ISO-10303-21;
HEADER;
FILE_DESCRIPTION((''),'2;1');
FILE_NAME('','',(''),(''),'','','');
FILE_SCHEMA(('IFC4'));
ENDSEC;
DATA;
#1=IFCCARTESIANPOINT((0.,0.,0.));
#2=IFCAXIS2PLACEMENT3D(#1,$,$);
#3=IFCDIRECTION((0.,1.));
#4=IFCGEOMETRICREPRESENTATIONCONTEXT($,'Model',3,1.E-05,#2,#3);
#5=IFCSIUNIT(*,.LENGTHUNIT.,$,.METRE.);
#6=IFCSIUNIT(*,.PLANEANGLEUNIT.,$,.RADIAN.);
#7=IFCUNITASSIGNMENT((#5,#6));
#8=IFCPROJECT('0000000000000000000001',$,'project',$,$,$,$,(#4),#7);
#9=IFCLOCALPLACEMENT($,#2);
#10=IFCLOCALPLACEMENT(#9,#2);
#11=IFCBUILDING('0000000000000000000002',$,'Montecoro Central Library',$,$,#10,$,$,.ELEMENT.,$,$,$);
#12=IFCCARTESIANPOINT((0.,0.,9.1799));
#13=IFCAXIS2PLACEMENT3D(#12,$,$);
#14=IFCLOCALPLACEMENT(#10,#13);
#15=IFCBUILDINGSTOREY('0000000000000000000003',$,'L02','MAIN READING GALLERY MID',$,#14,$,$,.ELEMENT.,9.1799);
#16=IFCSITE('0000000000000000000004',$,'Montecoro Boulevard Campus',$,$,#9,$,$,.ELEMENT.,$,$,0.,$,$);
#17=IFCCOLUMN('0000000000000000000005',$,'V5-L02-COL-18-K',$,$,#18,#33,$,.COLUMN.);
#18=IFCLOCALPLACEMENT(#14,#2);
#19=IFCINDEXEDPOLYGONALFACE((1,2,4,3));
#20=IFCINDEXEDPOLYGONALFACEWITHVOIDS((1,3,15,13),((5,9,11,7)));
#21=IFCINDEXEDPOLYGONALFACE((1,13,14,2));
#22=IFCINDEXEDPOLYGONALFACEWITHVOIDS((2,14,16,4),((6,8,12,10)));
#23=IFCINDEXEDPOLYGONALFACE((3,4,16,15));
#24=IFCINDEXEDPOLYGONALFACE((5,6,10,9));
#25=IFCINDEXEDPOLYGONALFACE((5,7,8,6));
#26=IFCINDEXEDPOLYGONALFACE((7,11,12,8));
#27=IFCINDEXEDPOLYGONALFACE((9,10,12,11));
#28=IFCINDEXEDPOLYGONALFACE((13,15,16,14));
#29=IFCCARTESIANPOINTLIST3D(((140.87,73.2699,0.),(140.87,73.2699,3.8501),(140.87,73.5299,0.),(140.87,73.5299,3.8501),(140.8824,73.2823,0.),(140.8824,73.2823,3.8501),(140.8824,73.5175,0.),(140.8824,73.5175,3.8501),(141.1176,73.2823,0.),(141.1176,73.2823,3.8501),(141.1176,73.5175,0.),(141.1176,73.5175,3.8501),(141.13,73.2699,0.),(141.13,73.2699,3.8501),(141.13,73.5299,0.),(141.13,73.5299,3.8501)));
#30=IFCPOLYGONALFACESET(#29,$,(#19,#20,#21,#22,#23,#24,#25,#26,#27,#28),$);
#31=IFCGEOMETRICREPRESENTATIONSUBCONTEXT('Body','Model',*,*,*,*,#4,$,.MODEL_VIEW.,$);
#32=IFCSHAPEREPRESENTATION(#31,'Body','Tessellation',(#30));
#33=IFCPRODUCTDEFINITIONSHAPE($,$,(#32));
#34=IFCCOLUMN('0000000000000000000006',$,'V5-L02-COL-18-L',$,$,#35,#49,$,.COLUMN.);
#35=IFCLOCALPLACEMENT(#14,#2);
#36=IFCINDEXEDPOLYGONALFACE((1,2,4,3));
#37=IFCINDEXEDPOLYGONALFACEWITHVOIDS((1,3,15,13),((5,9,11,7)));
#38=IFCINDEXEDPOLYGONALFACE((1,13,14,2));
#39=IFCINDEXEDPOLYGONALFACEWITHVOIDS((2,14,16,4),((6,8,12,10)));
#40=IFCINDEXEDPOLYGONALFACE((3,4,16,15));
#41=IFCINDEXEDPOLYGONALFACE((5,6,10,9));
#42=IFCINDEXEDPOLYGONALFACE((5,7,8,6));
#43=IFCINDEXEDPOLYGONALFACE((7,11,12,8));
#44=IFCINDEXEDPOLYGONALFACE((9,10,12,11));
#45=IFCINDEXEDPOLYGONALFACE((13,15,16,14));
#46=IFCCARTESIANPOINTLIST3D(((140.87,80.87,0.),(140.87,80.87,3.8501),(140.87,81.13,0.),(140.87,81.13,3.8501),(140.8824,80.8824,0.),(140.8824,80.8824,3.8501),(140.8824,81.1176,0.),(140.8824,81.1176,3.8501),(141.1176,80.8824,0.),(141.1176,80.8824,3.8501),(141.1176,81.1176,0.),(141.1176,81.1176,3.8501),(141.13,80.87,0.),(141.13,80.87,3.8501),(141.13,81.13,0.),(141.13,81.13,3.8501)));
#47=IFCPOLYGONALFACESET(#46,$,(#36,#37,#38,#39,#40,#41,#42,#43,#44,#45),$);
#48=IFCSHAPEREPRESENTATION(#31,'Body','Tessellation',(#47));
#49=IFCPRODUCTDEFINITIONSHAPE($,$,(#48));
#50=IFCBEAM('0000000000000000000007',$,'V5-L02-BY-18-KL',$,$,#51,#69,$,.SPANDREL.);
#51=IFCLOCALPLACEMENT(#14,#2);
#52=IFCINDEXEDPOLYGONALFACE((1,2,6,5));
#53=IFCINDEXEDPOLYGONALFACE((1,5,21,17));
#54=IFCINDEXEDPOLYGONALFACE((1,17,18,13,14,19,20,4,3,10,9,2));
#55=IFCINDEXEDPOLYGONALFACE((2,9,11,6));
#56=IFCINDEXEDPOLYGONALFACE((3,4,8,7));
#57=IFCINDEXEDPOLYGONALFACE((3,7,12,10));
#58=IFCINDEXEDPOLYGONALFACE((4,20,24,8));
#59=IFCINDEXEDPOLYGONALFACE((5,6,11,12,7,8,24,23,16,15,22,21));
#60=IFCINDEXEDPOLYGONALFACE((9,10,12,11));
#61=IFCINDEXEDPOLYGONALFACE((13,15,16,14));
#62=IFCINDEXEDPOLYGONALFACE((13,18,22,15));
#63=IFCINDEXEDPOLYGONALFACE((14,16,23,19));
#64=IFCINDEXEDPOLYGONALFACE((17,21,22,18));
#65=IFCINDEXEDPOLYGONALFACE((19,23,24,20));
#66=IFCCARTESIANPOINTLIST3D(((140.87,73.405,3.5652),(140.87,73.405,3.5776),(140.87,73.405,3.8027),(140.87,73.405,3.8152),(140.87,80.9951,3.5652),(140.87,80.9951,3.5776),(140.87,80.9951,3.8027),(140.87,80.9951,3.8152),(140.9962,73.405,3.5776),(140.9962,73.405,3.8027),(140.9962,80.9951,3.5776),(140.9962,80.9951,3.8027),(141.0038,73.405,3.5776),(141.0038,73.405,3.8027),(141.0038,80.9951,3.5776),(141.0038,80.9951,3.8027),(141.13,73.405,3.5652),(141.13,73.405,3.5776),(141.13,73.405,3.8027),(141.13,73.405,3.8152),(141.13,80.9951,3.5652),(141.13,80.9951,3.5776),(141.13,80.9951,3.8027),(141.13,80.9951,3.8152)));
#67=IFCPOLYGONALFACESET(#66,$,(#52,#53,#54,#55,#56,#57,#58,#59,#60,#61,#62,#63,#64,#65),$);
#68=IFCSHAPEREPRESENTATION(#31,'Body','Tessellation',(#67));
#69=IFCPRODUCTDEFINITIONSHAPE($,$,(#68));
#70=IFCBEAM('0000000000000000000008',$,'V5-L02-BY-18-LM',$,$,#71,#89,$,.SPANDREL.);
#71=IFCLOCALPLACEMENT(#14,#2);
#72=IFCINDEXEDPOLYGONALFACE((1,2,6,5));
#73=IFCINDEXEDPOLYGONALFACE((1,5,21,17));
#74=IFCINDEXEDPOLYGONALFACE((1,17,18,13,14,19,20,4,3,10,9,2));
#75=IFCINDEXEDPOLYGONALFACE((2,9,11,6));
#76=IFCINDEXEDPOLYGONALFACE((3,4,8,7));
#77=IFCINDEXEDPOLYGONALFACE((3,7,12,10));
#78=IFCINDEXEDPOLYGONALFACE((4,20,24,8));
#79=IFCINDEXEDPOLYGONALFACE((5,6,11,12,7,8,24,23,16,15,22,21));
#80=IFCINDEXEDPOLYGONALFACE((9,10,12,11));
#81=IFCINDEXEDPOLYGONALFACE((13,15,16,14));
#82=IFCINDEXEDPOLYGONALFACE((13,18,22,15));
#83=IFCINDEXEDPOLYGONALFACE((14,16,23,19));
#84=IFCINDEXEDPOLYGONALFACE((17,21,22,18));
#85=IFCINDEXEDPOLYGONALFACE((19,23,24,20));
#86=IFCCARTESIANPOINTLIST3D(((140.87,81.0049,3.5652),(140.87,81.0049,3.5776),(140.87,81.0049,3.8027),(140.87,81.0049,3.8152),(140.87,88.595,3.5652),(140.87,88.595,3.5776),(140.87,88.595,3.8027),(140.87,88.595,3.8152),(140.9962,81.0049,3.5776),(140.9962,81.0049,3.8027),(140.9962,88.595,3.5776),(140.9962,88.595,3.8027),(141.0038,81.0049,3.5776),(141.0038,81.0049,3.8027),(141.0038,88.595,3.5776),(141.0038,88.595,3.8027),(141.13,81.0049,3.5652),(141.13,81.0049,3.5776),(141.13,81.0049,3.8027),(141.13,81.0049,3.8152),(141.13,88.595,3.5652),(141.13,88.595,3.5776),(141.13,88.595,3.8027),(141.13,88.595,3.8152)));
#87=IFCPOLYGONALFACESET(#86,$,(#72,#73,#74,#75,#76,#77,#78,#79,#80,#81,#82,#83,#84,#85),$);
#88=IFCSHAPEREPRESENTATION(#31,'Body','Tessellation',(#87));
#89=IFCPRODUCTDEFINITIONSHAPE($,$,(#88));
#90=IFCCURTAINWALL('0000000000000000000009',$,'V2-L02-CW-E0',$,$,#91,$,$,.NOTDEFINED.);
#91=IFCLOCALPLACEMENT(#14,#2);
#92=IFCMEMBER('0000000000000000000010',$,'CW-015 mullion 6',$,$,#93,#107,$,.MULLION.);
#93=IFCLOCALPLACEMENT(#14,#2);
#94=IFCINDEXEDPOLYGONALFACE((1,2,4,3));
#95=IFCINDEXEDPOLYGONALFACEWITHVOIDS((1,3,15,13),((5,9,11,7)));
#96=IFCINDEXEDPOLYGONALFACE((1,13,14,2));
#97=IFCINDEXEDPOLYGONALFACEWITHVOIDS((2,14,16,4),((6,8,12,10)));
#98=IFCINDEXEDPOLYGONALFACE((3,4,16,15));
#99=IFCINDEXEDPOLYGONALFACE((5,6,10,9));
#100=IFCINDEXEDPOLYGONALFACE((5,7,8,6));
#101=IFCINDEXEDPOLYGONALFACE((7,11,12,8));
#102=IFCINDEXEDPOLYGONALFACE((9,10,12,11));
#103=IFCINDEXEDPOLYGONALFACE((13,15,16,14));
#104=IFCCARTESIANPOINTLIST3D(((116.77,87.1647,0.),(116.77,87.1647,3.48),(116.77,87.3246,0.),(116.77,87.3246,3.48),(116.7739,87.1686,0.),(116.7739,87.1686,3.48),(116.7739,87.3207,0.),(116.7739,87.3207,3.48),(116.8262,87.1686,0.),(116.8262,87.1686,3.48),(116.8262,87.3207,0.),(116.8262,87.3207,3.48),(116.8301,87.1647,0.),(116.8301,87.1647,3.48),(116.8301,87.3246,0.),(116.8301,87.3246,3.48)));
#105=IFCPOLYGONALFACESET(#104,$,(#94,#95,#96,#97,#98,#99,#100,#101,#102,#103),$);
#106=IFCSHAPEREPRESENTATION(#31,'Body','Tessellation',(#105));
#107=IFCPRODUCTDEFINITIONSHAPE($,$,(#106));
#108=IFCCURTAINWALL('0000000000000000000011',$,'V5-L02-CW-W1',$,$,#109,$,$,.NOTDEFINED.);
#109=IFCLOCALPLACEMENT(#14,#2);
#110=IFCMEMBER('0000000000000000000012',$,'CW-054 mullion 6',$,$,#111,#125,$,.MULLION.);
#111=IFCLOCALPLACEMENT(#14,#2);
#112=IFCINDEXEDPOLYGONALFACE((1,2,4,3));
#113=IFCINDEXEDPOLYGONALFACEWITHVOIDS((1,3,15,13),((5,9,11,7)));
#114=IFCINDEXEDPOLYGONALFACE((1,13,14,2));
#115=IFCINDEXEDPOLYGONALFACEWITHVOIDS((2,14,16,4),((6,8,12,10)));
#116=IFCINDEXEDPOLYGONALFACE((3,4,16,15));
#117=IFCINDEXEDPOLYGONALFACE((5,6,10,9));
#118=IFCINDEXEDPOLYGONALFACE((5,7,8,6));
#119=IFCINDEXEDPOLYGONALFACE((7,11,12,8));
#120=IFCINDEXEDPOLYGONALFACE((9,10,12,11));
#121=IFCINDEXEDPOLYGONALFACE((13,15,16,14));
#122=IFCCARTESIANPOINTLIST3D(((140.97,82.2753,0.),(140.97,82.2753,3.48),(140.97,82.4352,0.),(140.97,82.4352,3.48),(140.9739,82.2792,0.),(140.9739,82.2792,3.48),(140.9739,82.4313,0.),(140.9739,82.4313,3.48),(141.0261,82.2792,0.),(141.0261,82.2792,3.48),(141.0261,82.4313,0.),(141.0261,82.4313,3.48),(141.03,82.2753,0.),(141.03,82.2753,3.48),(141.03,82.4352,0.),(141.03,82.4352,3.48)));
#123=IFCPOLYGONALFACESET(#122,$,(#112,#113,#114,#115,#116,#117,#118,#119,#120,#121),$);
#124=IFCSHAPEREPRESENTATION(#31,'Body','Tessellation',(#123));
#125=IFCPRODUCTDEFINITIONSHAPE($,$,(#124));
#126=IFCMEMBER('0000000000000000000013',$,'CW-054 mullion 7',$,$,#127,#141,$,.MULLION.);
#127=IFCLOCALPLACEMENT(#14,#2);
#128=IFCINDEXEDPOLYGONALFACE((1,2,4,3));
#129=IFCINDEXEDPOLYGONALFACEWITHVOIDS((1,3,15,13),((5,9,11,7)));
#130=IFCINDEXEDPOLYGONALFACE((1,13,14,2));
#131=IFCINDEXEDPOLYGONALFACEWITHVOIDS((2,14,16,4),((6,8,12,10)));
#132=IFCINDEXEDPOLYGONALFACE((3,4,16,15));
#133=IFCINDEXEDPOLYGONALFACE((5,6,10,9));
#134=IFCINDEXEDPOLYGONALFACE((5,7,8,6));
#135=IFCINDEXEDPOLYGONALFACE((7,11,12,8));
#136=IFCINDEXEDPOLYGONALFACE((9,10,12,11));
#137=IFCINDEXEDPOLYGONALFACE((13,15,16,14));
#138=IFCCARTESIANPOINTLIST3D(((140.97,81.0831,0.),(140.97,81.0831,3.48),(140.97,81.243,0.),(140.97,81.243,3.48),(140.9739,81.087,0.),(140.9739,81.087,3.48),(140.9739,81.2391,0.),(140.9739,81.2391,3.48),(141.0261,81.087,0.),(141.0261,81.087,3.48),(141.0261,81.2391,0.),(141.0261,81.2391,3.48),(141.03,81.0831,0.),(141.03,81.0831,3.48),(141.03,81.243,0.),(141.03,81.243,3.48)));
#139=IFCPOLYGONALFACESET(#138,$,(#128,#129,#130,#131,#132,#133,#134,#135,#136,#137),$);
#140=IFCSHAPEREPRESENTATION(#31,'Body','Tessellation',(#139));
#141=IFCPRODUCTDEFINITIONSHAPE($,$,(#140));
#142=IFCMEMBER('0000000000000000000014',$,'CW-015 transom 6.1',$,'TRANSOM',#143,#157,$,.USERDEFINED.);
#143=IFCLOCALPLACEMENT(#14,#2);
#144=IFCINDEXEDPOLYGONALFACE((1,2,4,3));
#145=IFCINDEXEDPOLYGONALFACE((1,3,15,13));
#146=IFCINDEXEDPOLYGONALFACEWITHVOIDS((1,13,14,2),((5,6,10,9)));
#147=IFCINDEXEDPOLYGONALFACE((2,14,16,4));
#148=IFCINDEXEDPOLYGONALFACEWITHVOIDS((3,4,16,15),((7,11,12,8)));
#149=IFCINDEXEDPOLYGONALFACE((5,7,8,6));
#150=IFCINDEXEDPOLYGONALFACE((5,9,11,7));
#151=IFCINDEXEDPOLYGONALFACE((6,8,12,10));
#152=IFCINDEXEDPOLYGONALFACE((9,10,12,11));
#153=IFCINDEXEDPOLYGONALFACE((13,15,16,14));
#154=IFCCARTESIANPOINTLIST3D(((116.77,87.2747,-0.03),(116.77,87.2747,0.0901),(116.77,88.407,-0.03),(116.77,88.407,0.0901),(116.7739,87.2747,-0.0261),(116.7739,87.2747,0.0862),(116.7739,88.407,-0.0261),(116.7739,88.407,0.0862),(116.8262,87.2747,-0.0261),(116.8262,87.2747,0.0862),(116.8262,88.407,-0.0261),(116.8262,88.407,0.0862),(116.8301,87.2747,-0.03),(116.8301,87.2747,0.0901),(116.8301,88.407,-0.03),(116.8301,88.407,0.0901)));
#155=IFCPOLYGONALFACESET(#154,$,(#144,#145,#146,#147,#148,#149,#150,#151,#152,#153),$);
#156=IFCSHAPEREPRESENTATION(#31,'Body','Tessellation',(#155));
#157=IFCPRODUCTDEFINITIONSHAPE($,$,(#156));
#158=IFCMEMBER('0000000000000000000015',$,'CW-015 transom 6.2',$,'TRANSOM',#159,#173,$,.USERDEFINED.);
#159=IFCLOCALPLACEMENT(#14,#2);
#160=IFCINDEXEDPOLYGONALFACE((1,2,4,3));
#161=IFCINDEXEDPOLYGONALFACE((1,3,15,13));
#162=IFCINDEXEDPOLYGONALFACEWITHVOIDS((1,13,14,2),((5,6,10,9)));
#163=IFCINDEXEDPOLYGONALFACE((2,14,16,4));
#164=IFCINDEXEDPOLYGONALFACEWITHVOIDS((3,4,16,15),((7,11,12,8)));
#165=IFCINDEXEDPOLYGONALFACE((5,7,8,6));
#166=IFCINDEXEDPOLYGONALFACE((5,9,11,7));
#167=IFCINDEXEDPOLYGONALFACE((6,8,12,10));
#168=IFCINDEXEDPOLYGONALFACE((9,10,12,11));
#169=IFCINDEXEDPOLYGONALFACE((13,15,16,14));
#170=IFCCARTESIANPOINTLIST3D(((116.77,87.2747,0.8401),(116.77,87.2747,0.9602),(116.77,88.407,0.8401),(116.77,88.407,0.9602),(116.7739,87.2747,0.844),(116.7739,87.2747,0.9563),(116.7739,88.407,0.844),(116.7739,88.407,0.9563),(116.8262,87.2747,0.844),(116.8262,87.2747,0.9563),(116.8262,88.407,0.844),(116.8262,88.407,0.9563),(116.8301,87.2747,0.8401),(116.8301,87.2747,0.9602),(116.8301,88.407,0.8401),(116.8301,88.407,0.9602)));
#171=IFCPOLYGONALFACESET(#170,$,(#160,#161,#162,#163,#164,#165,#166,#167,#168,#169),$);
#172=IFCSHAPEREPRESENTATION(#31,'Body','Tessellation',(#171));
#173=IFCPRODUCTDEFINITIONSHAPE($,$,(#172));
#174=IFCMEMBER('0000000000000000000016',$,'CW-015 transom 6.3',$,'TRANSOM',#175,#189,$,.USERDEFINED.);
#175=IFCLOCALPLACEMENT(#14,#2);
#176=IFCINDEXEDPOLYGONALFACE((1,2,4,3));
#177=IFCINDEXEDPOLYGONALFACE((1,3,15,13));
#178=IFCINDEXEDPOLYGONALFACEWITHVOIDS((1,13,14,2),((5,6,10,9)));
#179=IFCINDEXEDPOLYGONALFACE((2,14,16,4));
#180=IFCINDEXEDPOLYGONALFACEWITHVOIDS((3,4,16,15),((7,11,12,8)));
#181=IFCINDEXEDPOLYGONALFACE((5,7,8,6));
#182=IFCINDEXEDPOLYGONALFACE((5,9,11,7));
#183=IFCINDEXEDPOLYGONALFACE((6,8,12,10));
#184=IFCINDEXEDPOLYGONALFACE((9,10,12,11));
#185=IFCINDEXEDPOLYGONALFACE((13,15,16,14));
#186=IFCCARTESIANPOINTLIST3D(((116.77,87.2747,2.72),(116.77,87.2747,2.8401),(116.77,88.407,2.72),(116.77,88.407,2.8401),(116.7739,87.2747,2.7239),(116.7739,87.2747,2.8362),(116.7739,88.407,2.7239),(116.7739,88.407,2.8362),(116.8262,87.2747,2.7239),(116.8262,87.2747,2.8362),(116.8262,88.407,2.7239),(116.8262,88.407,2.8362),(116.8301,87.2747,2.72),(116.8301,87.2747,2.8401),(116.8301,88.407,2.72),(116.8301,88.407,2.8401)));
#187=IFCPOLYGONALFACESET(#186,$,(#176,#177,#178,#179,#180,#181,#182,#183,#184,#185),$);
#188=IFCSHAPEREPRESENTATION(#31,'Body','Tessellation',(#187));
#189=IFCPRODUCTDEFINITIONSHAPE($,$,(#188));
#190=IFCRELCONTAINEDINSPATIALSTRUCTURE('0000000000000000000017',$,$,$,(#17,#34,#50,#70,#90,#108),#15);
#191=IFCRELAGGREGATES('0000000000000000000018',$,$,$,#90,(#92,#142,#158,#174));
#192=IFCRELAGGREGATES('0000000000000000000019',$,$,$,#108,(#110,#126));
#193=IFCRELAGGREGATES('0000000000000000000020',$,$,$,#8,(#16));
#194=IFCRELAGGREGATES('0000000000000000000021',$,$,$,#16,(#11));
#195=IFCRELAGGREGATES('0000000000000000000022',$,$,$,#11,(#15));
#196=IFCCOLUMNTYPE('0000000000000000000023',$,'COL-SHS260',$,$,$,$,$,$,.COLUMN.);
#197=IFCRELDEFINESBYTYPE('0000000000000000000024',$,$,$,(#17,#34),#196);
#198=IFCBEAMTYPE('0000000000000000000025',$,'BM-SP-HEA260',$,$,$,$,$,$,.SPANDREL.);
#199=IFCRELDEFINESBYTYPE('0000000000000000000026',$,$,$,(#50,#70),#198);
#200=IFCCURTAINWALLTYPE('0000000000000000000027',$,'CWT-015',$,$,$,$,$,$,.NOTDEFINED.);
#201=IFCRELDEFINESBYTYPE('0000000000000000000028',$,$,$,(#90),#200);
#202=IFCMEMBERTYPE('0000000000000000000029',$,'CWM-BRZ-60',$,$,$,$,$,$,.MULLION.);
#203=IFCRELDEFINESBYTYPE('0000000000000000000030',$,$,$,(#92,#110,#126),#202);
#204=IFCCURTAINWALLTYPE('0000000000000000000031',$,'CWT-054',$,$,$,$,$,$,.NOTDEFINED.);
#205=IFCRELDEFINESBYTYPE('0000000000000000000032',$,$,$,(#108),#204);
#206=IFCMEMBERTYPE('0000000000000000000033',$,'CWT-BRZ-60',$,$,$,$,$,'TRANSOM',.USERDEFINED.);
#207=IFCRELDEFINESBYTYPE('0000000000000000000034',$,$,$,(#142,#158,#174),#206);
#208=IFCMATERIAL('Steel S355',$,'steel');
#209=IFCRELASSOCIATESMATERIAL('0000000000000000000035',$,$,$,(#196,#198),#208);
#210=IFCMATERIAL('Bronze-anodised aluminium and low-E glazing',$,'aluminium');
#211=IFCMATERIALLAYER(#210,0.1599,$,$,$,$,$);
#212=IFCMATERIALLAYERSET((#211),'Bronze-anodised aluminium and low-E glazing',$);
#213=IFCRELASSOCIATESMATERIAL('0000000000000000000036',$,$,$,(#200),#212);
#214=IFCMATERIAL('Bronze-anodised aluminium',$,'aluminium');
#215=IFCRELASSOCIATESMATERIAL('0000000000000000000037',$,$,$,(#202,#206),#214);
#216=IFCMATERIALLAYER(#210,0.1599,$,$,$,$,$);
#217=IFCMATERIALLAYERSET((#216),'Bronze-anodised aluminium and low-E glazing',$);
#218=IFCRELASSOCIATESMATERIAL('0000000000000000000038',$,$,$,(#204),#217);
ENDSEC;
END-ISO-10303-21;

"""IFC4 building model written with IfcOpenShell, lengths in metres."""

from ifc_helpers import new_model, si_unit, direction, frame, origin, origin_2d, place, context, subcontext, project, spatial, hollow_rectangle, i_section, extrude, material, layer, layer_set, material_profile, profile_set, type_object, element, aggregate, save


model = new_model("IFC4")

# Units and contexts
model_context = context("Model", 3, precision=1e-05, world=origin(), true_north=direction((0.0, 1.0)))
body_context = subcontext(model_context, "Body", "Model", "MODEL_VIEW")
ifc_project = project(units=[si_unit("LENGTHUNIT", "METRE"), si_unit("PLANEANGLEUNIT", "RADIAN")], contexts=[model_context])

# Site, building, storey
site_placement = place(None, origin())
site = spatial("IfcSite", under=ifc_project, at=site_placement, Name="Montecoro Boulevard Campus", CompositionType="ELEMENT", RefElevation=0.0)
building_placement = place(site_placement, origin())
building = spatial("IfcBuilding", under=site, at=building_placement, Name="Montecoro Central Library", CompositionType="ELEMENT")
storey_placement = place(building_placement, frame((0.0, 0.0, 9.1799)))
storey = spatial("IfcBuildingStorey", under=building, at=storey_placement, Name="L02", Description="MAIN READING GALLERY MID", CompositionType="ELEMENT", Elevation=9.1799)

# Columns
ifc_material_1 = material(Name="Steel S355", Category="steel")
ifc_material_profile_1 = material_profile(ifc_material_1, hollow_rectangle(XDim=0.26, YDim=0.26, WallThickness=0.0125, at=origin_2d()), Name="SHS 260x260x12.5")
ifc_profile_set_1 = profile_set([ifc_material_profile_1], Name="Steel S355")
column_type = type_object("IfcColumnType", Name="COL-SHS260", PredefinedType="COLUMN", material=ifc_profile_set_1)
for number, where, z_axis, x_axis, name in (
    (1, (141.0, 73.3999, 0.0), (0.0, 0.0, 1.0), (1.0, 0.0, 0.0), "V5-L02-COL-18-K"),
    (2, (141.0, 81.0, 0.0), (0.0, 0.0, 1.0), (1.0, 0.0, 0.0), "V5-L02-COL-18-L"),
):
    element("IfcColumn", number, at=place(storey_placement, frame(where, z_axis=z_axis, x_axis=x_axis)), inside=storey, type_object=column_type, Name=name, PredefinedType="COLUMN", context=body_context, shape_type="SweptSolid", body=[
        extrude(hollow_rectangle(XDim=0.26, YDim=0.26, WallThickness=0.0125, at=origin_2d()), origin(), (0.0, 0.0, 1.0), 3.8501),
    ])

# Beams
ifc_material_profile_2 = material_profile(ifc_material_1, i_section(OverallWidth=0.26, OverallDepth=0.25, WebThickness=0.0076, FlangeThickness=0.0125, at=origin_2d()), Name="HEA 260")
ifc_profile_set_2 = profile_set([ifc_material_profile_2], Name="Steel S355")
beam_type = type_object("IfcBeamType", Name="BM-SP-HEA260", PredefinedType="SPANDREL", material=ifc_profile_set_2)
for number, where, z_axis, x_axis, name in (
    (3, (141.0, 73.405, 3.6902), (0.0, 1.0, 0.0), (-1.0, 0.0, 0.0), "V5-L02-BY-18-KL"),
    (4, (141.0, 81.0049, 3.6902), (0.0, 1.0, 0.0), (-1.0, 0.0, 0.0), "V5-L02-BY-18-LM"),
):
    element("IfcBeam", number, at=place(storey_placement, frame(where, z_axis=z_axis, x_axis=x_axis)), inside=storey, type_object=beam_type, Name=name, PredefinedType="SPANDREL", context=body_context, shape_type="SweptSolid", body=[
        extrude(i_section(OverallWidth=0.26, OverallDepth=0.25, WebThickness=0.0076, FlangeThickness=0.0125, at=origin_2d()), origin(), (0.0, 0.0, 1.0), 7.5901),
    ])

# Curtain wall, member
ifc_material_2 = material(Name="Bronze-anodised aluminium and low-E glazing", Category="aluminium")
ifc_layer_1 = layer(ifc_material_2, 0.1599)
ifc_layer_set_1 = layer_set([ifc_layer_1], Name="Bronze-anodised aluminium and low-E glazing")
curtain_wall_type_1 = type_object("IfcCurtainWallType", Name="CWT-015", PredefinedType="NOTDEFINED", material=ifc_layer_set_1)
curtain_wall_1_placement = place(storey_placement, origin())
curtain_wall_1 = element("IfcCurtainWall", 5, at=curtain_wall_1_placement, inside=storey, type_object=curtain_wall_type_1, Name="V2-L02-CW-E0", PredefinedType="NOTDEFINED")
ifc_material_3 = material(Name="Bronze-anodised aluminium", Category="aluminium")
ifc_material_profile_3 = material_profile(ifc_material_3, hollow_rectangle(XDim=0.0601, YDim=0.1599, WallThickness=0.0039, at=origin_2d()), Name="CWM 160x60x4.0")
ifc_profile_set_3 = profile_set([ifc_material_profile_3], Name="Bronze-anodised aluminium")
member_type_1 = type_object("IfcMemberType", Name="CWM-BRZ-60", PredefinedType="MULLION", material=ifc_profile_set_3)
member_1_placement = place(storey_placement, frame((116.8, 87.2446, 0.0), z_axis=(0.0, 0.0, 1.0), x_axis=(-1.0, 0.0, 0.0)))
member_1 = element("IfcMember", 6, at=member_1_placement, type_object=member_type_1, Name="CW-015 mullion 6", PredefinedType="MULLION", context=body_context, shape_type="SweptSolid", body=[
    extrude(hollow_rectangle(XDim=0.0601, YDim=0.1599, WallThickness=0.0039, at=origin_2d()), origin(), (0.0, 0.0, 1.0), 3.48),
])

# Curtain wall, members
ifc_layer_2 = layer(ifc_material_2, 0.1599)
ifc_layer_set_2 = layer_set([ifc_layer_2], Name="Bronze-anodised aluminium and low-E glazing")
curtain_wall_type_2 = type_object("IfcCurtainWallType", Name="CWT-054", PredefinedType="NOTDEFINED", material=ifc_layer_set_2)
curtain_wall_2_placement = place(storey_placement, origin())
curtain_wall_2 = element("IfcCurtainWall", 7, at=curtain_wall_2_placement, inside=storey, type_object=curtain_wall_type_2, Name="V5-L02-CW-W1", PredefinedType="NOTDEFINED")
member_2_placement = place(storey_placement, frame((141.0, 82.3552, 0.0), z_axis=(0.0, 0.0, 1.0), x_axis=(1.0, 0.0, 0.0)))
member_2 = element("IfcMember", 8, at=member_2_placement, type_object=member_type_1, Name="CW-054 mullion 6", PredefinedType="MULLION", context=body_context, shape_type="SweptSolid", body=[
    extrude(hollow_rectangle(XDim=0.0601, YDim=0.1599, WallThickness=0.0039, at=origin_2d()), origin(), (0.0, 0.0, 1.0), 3.48),
])
member_3_placement = place(storey_placement, frame((141.0, 81.1631, 0.0), z_axis=(0.0, 0.0, 1.0), x_axis=(1.0, 0.0, 0.0)))
member_3 = element("IfcMember", 9, at=member_3_placement, type_object=member_type_1, Name="CW-054 mullion 7", PredefinedType="MULLION", context=body_context, shape_type="SweptSolid", body=[
    extrude(hollow_rectangle(XDim=0.0601, YDim=0.1599, WallThickness=0.0039, at=origin_2d()), origin(), (0.0, 0.0, 1.0), 3.48),
])

# Members
ifc_material_profile_4 = material_profile(ifc_material_3, hollow_rectangle(XDim=0.0601, YDim=0.1201, WallThickness=0.0039, at=origin_2d()), Name="CWT 120x60x4.0")
ifc_profile_set_4 = profile_set([ifc_material_profile_4], Name="Bronze-anodised aluminium")
member_type_2 = type_object("IfcMemberType", Name="CWT-BRZ-60", ElementType="TRANSOM", PredefinedType="USERDEFINED", material=ifc_profile_set_4)
member_4_placement = place(storey_placement, frame((116.8, 87.2747, 0.03), z_axis=(0.0, 1.0, 0.0), x_axis=(-1.0, 0.0, 0.0)))
member_4 = element("IfcMember", 10, at=member_4_placement, type_object=member_type_2, Name="CW-015 transom 6.1", ObjectType="TRANSOM", PredefinedType="USERDEFINED", context=body_context, shape_type="SweptSolid", body=[
    extrude(hollow_rectangle(XDim=0.0601, YDim=0.1201, WallThickness=0.0039, at=origin_2d()), origin(), (0.0, 0.0, 1.0), 1.1323),
])
member_5_placement = place(storey_placement, frame((116.8, 87.2747, 0.9001), z_axis=(0.0, 1.0, 0.0), x_axis=(-1.0, 0.0, 0.0)))
member_5 = element("IfcMember", 11, at=member_5_placement, type_object=member_type_2, Name="CW-015 transom 6.2", ObjectType="TRANSOM", PredefinedType="USERDEFINED", context=body_context, shape_type="SweptSolid", body=[
    extrude(hollow_rectangle(XDim=0.0601, YDim=0.1201, WallThickness=0.0039, at=origin_2d()), origin(), (0.0, 0.0, 1.0), 1.1323),
])
member_6_placement = place(storey_placement, frame((116.8, 87.2747, 2.78), z_axis=(0.0, 1.0, 0.0), x_axis=(-1.0, 0.0, 0.0)))
member_6 = element("IfcMember", 12, at=member_6_placement, type_object=member_type_2, Name="CW-015 transom 6.3", ObjectType="TRANSOM", PredefinedType="USERDEFINED", context=body_context, shape_type="SweptSolid", body=[
    extrude(hollow_rectangle(XDim=0.0601, YDim=0.1201, WallThickness=0.0039, at=origin_2d()), origin(), (0.0, 0.0, 1.0), 1.1323),
])

aggregate(curtain_wall_1, [member_1, member_4, member_5, member_6])
aggregate(curtain_wall_2, [member_2, member_3])

save(model, "model.ifc")
